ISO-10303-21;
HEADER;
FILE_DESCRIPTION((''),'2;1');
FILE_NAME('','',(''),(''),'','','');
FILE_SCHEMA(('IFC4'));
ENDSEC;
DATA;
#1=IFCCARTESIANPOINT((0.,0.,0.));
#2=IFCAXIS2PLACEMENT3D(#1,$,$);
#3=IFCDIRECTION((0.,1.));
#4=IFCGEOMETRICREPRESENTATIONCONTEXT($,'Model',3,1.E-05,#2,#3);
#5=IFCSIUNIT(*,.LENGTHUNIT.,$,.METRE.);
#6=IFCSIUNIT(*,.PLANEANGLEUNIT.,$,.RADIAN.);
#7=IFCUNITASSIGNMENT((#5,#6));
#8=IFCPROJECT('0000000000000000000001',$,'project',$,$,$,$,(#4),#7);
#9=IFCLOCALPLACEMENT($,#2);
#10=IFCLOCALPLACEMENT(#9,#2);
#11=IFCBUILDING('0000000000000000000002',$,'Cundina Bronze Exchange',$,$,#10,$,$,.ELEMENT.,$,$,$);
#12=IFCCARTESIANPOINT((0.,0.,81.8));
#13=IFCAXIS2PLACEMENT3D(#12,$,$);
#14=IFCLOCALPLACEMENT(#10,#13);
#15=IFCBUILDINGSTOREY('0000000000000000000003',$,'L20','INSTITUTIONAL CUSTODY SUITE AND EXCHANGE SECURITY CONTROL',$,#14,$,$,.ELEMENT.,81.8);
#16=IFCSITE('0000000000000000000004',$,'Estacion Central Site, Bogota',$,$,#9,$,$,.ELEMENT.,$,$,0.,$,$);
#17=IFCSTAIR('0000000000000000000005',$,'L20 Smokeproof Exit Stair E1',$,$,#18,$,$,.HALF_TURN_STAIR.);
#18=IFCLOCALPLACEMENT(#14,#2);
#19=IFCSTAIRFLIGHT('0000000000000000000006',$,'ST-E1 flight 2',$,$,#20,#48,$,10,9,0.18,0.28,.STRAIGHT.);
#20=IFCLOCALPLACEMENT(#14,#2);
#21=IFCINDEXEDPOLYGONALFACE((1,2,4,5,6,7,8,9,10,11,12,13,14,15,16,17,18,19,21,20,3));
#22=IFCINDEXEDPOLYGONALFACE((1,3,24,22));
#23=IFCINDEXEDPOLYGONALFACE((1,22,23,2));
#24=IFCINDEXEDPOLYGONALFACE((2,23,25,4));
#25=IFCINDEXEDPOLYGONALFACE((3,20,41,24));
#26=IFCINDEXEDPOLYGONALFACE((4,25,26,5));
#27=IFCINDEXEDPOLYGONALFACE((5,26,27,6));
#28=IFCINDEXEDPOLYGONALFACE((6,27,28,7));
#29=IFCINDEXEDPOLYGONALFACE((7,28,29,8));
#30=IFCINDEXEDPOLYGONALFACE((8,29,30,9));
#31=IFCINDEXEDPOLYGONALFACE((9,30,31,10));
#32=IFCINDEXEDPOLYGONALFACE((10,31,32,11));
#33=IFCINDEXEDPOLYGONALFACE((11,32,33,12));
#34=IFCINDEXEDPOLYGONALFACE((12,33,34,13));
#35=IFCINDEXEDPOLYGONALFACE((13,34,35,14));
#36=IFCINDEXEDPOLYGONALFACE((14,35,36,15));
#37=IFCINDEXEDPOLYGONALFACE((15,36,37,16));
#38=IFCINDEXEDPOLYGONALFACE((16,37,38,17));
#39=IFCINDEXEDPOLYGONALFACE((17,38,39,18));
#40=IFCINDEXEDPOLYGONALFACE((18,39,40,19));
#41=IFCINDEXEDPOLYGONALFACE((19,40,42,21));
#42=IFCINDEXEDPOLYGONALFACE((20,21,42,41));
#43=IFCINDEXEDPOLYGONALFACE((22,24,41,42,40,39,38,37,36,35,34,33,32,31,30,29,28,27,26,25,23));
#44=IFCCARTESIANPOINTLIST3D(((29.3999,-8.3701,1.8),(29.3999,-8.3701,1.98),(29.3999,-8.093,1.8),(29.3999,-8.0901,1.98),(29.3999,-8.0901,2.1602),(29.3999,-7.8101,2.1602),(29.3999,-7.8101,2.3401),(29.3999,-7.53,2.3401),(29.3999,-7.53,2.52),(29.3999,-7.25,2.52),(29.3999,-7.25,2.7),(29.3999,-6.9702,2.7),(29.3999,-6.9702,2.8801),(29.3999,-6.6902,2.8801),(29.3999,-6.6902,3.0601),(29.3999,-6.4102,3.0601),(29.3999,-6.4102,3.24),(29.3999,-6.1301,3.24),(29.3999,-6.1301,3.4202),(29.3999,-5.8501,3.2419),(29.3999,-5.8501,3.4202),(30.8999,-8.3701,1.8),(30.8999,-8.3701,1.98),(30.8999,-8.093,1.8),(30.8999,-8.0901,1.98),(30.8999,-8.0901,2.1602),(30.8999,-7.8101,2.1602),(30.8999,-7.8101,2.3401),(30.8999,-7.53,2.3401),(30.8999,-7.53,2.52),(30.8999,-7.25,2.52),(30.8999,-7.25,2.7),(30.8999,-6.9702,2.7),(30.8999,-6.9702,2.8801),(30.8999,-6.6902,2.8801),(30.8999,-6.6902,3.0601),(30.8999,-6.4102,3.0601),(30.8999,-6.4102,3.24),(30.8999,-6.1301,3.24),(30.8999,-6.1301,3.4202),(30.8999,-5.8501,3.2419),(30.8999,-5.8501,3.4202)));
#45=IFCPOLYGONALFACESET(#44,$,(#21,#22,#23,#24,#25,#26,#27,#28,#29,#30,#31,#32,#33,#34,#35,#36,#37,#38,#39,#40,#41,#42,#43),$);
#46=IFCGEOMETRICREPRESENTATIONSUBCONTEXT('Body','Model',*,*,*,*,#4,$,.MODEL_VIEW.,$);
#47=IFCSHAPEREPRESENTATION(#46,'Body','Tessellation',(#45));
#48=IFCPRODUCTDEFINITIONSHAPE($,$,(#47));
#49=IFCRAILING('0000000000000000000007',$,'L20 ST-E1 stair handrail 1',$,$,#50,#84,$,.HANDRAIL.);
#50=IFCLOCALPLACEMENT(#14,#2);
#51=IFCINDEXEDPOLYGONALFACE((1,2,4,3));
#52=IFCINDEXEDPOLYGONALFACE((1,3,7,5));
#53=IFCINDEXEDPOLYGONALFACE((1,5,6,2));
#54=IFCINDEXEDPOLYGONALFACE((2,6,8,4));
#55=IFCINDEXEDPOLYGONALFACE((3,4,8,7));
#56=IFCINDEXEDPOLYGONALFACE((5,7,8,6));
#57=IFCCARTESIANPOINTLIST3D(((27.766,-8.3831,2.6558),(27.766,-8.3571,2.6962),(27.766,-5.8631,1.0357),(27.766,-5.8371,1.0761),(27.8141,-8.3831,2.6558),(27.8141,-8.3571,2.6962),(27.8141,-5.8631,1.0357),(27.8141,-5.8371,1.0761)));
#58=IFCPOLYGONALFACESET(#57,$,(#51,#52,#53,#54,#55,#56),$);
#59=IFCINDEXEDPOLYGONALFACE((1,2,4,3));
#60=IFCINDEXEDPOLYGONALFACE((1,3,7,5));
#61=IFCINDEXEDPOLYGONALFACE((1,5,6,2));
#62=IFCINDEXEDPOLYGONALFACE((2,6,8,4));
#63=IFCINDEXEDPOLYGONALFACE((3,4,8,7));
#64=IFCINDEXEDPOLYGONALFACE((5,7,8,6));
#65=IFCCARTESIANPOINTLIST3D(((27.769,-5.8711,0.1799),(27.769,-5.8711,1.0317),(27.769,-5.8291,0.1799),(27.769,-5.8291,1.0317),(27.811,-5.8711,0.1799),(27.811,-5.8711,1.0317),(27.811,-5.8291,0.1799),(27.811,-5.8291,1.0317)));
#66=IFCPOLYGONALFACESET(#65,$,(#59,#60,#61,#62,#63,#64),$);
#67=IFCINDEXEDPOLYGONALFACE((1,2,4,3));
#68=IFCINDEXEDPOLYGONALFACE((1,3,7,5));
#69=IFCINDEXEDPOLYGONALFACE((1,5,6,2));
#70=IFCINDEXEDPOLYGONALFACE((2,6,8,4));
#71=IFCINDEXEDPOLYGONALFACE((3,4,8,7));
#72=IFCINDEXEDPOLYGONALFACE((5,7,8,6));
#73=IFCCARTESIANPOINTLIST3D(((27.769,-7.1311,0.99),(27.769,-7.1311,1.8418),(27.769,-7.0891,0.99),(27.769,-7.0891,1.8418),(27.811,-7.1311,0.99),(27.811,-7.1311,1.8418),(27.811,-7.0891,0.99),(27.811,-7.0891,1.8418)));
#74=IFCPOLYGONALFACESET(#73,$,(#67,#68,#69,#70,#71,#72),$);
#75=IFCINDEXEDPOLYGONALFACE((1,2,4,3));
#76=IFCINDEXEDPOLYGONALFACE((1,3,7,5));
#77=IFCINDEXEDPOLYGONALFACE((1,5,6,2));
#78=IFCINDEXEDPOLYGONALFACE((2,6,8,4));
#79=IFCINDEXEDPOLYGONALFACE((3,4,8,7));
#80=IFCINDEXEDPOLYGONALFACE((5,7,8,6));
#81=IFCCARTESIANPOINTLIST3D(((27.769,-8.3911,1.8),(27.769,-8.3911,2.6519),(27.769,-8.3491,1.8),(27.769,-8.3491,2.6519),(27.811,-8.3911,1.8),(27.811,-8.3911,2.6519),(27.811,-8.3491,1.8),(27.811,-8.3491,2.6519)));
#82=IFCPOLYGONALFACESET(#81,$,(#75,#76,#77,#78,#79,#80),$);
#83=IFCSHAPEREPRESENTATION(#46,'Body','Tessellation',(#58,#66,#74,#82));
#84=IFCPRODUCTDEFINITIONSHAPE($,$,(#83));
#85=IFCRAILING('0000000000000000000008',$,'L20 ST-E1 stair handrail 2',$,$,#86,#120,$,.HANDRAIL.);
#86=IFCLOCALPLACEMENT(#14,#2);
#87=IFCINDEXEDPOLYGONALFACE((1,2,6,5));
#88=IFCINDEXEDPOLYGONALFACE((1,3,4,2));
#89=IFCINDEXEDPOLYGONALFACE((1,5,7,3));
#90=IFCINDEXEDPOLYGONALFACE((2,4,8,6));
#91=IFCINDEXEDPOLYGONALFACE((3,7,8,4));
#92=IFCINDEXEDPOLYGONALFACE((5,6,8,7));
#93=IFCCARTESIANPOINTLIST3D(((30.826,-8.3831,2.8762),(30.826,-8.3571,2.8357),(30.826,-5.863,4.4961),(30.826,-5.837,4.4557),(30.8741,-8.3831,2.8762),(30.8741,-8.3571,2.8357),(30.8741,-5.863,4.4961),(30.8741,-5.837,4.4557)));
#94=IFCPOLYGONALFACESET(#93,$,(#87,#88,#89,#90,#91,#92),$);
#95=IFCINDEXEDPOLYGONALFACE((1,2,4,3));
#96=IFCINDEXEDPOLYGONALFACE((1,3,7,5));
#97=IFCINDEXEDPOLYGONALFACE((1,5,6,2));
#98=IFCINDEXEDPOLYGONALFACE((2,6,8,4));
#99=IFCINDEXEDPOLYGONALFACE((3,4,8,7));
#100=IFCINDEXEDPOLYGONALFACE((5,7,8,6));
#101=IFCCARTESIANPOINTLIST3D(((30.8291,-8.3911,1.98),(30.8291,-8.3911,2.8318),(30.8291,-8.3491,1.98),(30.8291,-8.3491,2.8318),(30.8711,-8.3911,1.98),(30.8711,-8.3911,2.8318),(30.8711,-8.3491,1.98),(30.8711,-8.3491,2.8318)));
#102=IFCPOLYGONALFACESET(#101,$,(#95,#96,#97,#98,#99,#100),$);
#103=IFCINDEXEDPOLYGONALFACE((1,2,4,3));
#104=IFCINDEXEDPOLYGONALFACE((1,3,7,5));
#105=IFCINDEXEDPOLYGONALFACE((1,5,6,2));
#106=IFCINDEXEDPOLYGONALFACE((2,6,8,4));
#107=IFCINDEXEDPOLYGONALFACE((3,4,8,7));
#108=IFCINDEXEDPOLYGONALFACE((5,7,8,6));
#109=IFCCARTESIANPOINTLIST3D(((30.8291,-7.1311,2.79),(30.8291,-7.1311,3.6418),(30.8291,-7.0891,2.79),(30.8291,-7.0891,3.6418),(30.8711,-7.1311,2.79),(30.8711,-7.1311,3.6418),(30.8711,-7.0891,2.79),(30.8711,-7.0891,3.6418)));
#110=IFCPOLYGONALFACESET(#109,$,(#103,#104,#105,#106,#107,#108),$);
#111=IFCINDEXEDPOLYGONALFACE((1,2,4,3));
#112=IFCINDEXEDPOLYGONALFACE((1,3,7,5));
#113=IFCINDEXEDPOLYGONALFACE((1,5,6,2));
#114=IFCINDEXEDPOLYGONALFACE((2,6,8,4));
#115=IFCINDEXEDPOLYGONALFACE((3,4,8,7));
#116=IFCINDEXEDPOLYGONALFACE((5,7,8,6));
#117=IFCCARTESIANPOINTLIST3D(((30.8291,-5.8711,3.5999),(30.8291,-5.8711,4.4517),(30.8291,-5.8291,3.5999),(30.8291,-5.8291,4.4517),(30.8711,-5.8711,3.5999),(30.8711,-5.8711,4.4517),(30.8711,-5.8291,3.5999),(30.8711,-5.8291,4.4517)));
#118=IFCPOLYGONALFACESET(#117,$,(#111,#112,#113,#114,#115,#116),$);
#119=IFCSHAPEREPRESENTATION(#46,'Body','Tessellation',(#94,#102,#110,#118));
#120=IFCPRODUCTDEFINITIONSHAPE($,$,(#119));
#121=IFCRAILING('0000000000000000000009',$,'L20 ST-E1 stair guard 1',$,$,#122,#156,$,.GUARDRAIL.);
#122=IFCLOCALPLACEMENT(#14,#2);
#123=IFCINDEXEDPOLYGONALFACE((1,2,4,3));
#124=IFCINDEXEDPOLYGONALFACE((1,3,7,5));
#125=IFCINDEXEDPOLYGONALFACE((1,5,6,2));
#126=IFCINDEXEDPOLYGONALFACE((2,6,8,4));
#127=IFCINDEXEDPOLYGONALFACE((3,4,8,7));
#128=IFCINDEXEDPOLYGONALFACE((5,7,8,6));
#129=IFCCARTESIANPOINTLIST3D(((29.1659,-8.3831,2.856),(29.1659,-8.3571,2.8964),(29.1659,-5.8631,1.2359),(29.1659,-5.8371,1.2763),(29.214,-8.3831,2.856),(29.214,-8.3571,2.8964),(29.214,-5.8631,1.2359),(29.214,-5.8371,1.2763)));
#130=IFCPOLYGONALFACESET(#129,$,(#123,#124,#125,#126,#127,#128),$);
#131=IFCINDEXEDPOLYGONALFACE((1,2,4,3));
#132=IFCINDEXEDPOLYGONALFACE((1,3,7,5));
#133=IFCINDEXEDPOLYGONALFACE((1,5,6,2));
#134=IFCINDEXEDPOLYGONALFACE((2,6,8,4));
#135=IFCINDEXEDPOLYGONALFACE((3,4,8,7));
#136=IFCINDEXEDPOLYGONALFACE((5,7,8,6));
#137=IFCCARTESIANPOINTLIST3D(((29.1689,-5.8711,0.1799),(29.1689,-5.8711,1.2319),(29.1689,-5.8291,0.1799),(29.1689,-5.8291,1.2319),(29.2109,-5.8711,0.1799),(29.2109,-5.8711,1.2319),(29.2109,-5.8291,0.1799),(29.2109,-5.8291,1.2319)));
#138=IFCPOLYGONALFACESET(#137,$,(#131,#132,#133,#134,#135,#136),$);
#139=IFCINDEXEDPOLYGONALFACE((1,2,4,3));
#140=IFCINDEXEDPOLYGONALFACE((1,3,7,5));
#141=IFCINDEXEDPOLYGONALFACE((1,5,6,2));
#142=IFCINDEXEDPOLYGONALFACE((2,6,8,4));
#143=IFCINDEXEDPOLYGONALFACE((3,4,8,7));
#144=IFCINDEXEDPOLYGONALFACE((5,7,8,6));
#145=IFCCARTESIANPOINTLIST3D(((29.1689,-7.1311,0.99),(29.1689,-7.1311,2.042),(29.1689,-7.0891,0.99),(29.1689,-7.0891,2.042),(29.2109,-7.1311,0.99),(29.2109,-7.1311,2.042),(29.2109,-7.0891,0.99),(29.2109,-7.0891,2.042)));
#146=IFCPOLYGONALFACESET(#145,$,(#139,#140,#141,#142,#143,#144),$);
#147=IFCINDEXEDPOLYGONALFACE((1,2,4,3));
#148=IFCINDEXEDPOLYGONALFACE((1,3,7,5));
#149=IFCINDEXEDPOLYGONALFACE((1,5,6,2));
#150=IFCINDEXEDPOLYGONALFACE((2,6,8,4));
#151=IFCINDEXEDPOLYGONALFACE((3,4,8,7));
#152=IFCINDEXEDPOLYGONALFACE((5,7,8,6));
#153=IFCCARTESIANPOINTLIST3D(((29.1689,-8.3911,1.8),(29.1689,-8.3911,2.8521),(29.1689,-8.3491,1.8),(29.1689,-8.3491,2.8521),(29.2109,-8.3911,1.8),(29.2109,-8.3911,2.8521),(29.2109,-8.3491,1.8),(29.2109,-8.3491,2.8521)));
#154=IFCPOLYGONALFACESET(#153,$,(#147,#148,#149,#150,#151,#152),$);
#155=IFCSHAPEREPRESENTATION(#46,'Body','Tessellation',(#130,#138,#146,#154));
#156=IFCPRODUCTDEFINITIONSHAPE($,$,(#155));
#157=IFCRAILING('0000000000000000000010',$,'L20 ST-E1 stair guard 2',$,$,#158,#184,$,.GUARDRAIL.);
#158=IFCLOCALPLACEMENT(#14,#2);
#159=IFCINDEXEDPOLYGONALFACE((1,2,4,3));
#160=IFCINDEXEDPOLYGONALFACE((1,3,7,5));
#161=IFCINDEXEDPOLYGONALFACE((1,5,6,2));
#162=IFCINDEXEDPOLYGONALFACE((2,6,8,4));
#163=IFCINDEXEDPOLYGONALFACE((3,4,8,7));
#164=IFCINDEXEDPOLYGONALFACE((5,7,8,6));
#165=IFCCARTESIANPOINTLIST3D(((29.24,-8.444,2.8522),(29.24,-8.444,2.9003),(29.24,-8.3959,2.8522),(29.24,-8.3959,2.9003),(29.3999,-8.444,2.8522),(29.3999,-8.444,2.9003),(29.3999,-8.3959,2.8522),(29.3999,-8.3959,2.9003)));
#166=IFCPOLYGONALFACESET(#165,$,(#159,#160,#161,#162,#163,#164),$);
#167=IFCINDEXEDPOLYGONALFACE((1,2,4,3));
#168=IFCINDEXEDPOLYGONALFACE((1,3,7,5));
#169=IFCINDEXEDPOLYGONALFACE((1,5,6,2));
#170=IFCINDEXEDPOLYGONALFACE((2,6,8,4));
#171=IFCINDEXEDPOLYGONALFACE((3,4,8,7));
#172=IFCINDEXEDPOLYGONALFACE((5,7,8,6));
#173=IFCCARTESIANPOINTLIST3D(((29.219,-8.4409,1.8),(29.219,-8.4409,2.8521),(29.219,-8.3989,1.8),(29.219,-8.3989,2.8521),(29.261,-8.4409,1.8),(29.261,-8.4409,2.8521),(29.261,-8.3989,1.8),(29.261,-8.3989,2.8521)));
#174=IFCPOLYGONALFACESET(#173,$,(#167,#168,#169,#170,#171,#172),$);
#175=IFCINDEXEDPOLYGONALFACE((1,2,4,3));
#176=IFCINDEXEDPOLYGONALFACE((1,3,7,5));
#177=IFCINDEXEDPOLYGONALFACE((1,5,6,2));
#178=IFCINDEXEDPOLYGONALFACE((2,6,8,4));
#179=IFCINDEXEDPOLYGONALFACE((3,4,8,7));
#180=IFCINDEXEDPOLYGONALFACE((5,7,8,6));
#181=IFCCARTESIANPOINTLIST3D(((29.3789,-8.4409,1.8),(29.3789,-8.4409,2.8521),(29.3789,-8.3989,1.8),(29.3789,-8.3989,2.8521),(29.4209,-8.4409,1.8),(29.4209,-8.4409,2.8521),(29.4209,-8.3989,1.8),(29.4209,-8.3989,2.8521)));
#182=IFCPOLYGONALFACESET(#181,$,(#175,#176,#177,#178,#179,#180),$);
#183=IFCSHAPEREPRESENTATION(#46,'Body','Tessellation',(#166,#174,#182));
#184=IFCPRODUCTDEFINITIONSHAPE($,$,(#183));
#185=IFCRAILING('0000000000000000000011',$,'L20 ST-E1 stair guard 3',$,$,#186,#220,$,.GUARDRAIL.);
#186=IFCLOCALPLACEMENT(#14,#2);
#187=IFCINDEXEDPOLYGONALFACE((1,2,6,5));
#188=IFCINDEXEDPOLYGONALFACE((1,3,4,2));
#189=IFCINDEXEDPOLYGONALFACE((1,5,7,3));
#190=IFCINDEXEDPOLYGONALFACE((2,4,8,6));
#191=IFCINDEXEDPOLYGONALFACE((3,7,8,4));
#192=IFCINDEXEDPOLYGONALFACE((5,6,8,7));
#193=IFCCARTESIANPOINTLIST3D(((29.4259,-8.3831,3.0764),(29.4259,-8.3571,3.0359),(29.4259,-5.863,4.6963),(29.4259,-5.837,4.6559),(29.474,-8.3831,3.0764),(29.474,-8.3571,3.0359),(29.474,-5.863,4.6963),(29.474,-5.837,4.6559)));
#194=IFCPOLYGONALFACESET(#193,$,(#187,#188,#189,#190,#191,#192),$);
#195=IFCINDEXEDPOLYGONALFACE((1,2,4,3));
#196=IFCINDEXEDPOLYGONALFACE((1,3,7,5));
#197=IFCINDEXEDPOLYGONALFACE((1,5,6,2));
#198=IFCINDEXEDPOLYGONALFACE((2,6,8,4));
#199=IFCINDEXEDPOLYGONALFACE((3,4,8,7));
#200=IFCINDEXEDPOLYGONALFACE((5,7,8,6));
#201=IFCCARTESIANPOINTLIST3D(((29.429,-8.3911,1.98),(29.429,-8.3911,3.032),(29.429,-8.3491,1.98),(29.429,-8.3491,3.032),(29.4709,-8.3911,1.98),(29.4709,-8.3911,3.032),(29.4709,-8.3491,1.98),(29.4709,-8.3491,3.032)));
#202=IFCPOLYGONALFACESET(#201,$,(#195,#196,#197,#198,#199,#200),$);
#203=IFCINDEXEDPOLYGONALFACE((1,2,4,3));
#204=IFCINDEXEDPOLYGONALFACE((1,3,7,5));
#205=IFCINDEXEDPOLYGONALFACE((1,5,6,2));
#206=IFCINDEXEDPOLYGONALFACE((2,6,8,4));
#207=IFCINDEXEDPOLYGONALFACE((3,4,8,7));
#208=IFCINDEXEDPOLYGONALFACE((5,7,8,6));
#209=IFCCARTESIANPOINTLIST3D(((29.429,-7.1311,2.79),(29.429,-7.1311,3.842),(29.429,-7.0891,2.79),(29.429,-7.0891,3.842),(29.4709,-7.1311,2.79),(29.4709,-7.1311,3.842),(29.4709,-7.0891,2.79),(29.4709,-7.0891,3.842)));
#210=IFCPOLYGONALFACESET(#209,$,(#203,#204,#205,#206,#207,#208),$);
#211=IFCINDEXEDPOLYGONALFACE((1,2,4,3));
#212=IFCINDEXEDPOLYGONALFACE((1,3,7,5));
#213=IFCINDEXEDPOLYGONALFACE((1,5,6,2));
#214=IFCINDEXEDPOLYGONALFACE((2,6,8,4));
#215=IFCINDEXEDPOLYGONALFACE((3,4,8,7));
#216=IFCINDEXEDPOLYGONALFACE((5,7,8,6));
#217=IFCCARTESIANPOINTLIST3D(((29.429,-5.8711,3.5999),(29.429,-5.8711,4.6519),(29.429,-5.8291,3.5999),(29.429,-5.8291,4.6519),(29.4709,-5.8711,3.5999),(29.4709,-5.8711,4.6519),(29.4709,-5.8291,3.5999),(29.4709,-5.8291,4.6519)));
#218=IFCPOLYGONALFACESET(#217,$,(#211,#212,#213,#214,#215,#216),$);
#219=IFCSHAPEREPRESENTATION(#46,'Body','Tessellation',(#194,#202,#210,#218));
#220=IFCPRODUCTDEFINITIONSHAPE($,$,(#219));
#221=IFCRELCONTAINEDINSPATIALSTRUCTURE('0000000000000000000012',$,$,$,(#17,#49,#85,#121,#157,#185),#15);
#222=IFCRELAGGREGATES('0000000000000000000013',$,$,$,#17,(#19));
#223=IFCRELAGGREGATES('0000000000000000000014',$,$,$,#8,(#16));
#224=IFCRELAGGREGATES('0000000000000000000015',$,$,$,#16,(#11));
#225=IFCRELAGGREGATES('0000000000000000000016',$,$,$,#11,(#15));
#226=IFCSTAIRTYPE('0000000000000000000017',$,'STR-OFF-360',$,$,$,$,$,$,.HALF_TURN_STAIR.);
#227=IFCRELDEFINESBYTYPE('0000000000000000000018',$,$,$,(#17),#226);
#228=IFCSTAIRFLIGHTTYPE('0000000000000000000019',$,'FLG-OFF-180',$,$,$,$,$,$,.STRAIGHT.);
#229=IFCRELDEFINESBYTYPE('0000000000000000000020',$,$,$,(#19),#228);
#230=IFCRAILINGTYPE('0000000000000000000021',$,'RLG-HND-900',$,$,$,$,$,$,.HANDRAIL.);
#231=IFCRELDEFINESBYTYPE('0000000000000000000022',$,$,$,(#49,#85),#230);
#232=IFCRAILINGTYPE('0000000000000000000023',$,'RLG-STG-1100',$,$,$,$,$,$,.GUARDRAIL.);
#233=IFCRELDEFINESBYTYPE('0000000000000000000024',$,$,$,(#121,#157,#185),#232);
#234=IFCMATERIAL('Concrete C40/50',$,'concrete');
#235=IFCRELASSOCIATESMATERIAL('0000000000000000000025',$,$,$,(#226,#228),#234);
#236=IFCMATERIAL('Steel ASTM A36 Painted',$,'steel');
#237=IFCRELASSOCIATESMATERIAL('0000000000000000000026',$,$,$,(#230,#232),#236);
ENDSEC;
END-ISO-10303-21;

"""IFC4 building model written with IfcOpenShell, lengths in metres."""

from ifc_helpers import new_model, si_unit, direction, frame, origin, origin_2d, place, context, subcontext, project, spatial, polyline, rectangle, outline, extrude, material, type_object, element, aggregate, save


model = new_model("IFC4")

# Units and contexts
model_context = context("Model", 3, precision=1e-05, world=origin(), true_north=direction((0.0, 1.0)))
body_context = subcontext(model_context, "Body", "Model", "MODEL_VIEW")
ifc_project = project(units=[si_unit("LENGTHUNIT", "METRE"), si_unit("PLANEANGLEUNIT", "RADIAN")], contexts=[model_context])

# Site, building, storey
site_placement = place(None, origin())
site = spatial("IfcSite", under=ifc_project, at=site_placement, Name="Estacion Central Site, Bogota", CompositionType="ELEMENT", RefElevation=0.0)
building_placement = place(site_placement, origin())
building = spatial("IfcBuilding", under=site, at=building_placement, Name="Cundina Bronze Exchange", CompositionType="ELEMENT")
storey_placement = place(building_placement, frame((0.0, 0.0, 81.8)))
storey = spatial("IfcBuildingStorey", under=building, at=storey_placement, Name="L20", Description="INSTITUTIONAL CUSTODY SUITE AND EXCHANGE SECURITY CONTROL", CompositionType="ELEMENT", Elevation=81.8)

# Stair, stair flight
ifc_material_1 = material(Name="Concrete C40/50", Category="concrete")
stair_type = type_object("IfcStairType", Name="STR-OFF-360", PredefinedType="HALF_TURN_STAIR", material=ifc_material_1)
stair_placement = place(storey_placement, origin())
stair = element("IfcStair", 1, at=stair_placement, inside=storey, type_object=stair_type, Name="L20 Smokeproof Exit Stair E1", PredefinedType="HALF_TURN_STAIR")
stair_flight_type = type_object("IfcStairFlightType", Name="FLG-OFF-180", PredefinedType="STRAIGHT", material=ifc_material_1)
stair_flight_1_placement = place(storey_placement, frame((30.1499, -8.3701, 1.8), z_axis=(0.0, 0.0, 1.0), x_axis=(0.0, 1.0, 0.0)))
stair_flight_1 = element("IfcStairFlight", 2, at=stair_flight_1_placement, type_object=stair_flight_type, Name="ST-E1 flight 2", NumberOfRisers=10, NumberOfTreads=9, PredefinedType="STRAIGHT", RiserHeight=0.18, TreadLength=0.28, context=body_context, shape_type="SweptSolid", body=[
    extrude(outline(polyline([(0.0, 0.0), (0.0, 0.1799), (0.28, 0.1799), (0.28, 0.3601), (0.5601, 0.3601), (0.5601, 0.54), (0.8401, 0.54), (0.8401, 0.72), (1.1201, 0.72), (1.1201, 0.8999), (1.3999, 0.8999), (1.3999, 1.0801), (1.6799, 1.0801), (1.6799, 1.26), (1.96, 1.26), (1.96, 1.4399), (2.24, 1.4399), (2.24, 1.6201), (2.52, 1.6201), (2.52, 1.8), (2.52, 1.4419), (0.2771, 0.0), (0.0, 0.0)])), frame((0.0, 0.75, 0.0), z_axis=(0.0, -1.0, 0.0), x_axis=(1.0, 0.0, 0.0)), (0.0, 0.0, 1.0), 1.5),
])
aggregate(stair, [stair_flight_1])

# Railings
ifc_material_2 = material(Name="Steel ASTM A36 Painted", Category="steel")
railing_type_1 = type_object("IfcRailingType", Name="RLG-HND-900", PredefinedType="HANDRAIL", material=ifc_material_2)
railing_1_placement = place(storey_placement, frame((27.79, -5.8501, 0.1799)))
element("IfcRailing", 3, at=railing_1_placement, inside=storey, type_object=railing_type_1, Name="L20 ST-E1 stair handrail 1", PredefinedType="HANDRAIL", context=body_context, shape_type="SweptSolid", body=[
    extrude(rectangle(XDim=0.0481, YDim=0.0481, at=origin_2d()), frame((0.0, 0.0, 0.876), z_axis=(0.0, -0.841163, 0.540782), x_axis=(1.0, 0.0, 0.0)), (0.0, 0.0, 1.0), 2.9958),
    extrude(rectangle(XDim=0.042, YDim=0.042, at=origin_2d()), origin(), (0.0, 0.0, 1.0), 0.8518),
    extrude(rectangle(XDim=0.042, YDim=0.042, at=origin_2d()), frame((0.0, -1.26, 0.8101)), (0.0, 0.0, 1.0), 0.8518),
    extrude(rectangle(XDim=0.042, YDim=0.042, at=origin_2d()), frame((0.0, -2.52, 1.6201)), (0.0, 0.0, 1.0), 0.8518),
])
railing_2_placement = place(storey_placement, frame((30.8501, -8.3701, 1.98)))
element("IfcRailing", 4, at=railing_2_placement, inside=storey, type_object=railing_type_1, Name="L20 ST-E1 stair handrail 2", PredefinedType="HANDRAIL", context=body_context, shape_type="SweptSolid", body=[
    extrude(rectangle(XDim=0.0481, YDim=0.0481, at=origin_2d()), frame((0.0, 0.0, 0.876), z_axis=(0.0, 0.8412, 0.540725), x_axis=(-1.0, 0.0, 0.0)), (0.0, 0.0, 1.0), 2.9958),
    extrude(rectangle(XDim=0.042, YDim=0.042, at=origin_2d()), origin(), (0.0, 0.0, 1.0), 0.8518),
    extrude(rectangle(XDim=0.042, YDim=0.042, at=origin_2d()), frame((0.0, 1.26, 0.8101)), (0.0, 0.0, 1.0), 0.8518),
    extrude(rectangle(XDim=0.042, YDim=0.042, at=origin_2d()), frame((0.0, 2.52, 1.6199)), (0.0, 0.0, 1.0), 0.8518),
])
railing_type_2 = type_object("IfcRailingType", Name="RLG-STG-1100", PredefinedType="GUARDRAIL", material=ifc_material_2)
railing_3_placement = place(storey_placement, frame((29.1899, -5.8501, 0.1799)))
element("IfcRailing", 5, at=railing_3_placement, inside=storey, type_object=railing_type_2, Name="L20 ST-E1 stair guard 1", PredefinedType="GUARDRAIL", context=body_context, shape_type="SweptSolid", body=[
    extrude(rectangle(XDim=0.0481, YDim=0.0481, at=origin_2d()), frame((0.0, 0.0, 1.0762), z_axis=(0.0, -0.841163, 0.540782), x_axis=(1.0, 0.0, 0.0)), (0.0, 0.0, 1.0), 2.9958),
    extrude(rectangle(XDim=0.042, YDim=0.042, at=origin_2d()), origin(), (0.0, 0.0, 1.0), 1.052),
    extrude(rectangle(XDim=0.042, YDim=0.042, at=origin_2d()), frame((0.0, -1.26, 0.8101)), (0.0, 0.0, 1.0), 1.052),
    extrude(rectangle(XDim=0.042, YDim=0.042, at=origin_2d()), frame((0.0, -2.52, 1.6201)), (0.0, 0.0, 1.0), 1.052),
])
railing_4_placement = place(storey_placement, frame((29.24, -8.4199, 1.8)))
element("IfcRailing", 6, at=railing_4_placement, inside=storey, type_object=railing_type_2, Name="L20 ST-E1 stair guard 2", PredefinedType="GUARDRAIL", context=body_context, shape_type="SweptSolid", body=[
    extrude(rectangle(XDim=0.0481, YDim=0.0481, at=origin_2d()), frame((0.0, 0.0, 1.0762), z_axis=(1.0, 0.0, 0.0), x_axis=(0.0, 1.0, 0.0)), (0.0, 0.0, 1.0), 0.1599),
    extrude(rectangle(XDim=0.042, YDim=0.042, at=origin_2d()), origin(), (0.0, 0.0, 1.0), 1.052),
    extrude(rectangle(XDim=0.042, YDim=0.042, at=origin_2d()), frame((0.1599, 0.0, 0.0)), (0.0, 0.0, 1.0), 1.052),
])
railing_5_placement = place(storey_placement, frame((29.45, -8.3701, 1.98)))
element("IfcRailing", 7, at=railing_5_placement, inside=storey, type_object=railing_type_2, Name="L20 ST-E1 stair guard 3", PredefinedType="GUARDRAIL", context=body_context, shape_type="SweptSolid", body=[
    extrude(rectangle(XDim=0.0481, YDim=0.0481, at=origin_2d()), frame((0.0, 0.0, 1.0762), z_axis=(0.0, 0.8412, 0.540725), x_axis=(-1.0, 0.0, 0.0)), (0.0, 0.0, 1.0), 2.9958),
    extrude(rectangle(XDim=0.042, YDim=0.042, at=origin_2d()), origin(), (0.0, 0.0, 1.0), 1.052),
    extrude(rectangle(XDim=0.042, YDim=0.042, at=origin_2d()), frame((0.0, 1.26, 0.8101)), (0.0, 0.0, 1.0), 1.052),
    extrude(rectangle(XDim=0.042, YDim=0.042, at=origin_2d()), frame((0.0, 2.52, 1.6199)), (0.0, 0.0, 1.0), 1.052),
])

save(model, "model.ifc")
